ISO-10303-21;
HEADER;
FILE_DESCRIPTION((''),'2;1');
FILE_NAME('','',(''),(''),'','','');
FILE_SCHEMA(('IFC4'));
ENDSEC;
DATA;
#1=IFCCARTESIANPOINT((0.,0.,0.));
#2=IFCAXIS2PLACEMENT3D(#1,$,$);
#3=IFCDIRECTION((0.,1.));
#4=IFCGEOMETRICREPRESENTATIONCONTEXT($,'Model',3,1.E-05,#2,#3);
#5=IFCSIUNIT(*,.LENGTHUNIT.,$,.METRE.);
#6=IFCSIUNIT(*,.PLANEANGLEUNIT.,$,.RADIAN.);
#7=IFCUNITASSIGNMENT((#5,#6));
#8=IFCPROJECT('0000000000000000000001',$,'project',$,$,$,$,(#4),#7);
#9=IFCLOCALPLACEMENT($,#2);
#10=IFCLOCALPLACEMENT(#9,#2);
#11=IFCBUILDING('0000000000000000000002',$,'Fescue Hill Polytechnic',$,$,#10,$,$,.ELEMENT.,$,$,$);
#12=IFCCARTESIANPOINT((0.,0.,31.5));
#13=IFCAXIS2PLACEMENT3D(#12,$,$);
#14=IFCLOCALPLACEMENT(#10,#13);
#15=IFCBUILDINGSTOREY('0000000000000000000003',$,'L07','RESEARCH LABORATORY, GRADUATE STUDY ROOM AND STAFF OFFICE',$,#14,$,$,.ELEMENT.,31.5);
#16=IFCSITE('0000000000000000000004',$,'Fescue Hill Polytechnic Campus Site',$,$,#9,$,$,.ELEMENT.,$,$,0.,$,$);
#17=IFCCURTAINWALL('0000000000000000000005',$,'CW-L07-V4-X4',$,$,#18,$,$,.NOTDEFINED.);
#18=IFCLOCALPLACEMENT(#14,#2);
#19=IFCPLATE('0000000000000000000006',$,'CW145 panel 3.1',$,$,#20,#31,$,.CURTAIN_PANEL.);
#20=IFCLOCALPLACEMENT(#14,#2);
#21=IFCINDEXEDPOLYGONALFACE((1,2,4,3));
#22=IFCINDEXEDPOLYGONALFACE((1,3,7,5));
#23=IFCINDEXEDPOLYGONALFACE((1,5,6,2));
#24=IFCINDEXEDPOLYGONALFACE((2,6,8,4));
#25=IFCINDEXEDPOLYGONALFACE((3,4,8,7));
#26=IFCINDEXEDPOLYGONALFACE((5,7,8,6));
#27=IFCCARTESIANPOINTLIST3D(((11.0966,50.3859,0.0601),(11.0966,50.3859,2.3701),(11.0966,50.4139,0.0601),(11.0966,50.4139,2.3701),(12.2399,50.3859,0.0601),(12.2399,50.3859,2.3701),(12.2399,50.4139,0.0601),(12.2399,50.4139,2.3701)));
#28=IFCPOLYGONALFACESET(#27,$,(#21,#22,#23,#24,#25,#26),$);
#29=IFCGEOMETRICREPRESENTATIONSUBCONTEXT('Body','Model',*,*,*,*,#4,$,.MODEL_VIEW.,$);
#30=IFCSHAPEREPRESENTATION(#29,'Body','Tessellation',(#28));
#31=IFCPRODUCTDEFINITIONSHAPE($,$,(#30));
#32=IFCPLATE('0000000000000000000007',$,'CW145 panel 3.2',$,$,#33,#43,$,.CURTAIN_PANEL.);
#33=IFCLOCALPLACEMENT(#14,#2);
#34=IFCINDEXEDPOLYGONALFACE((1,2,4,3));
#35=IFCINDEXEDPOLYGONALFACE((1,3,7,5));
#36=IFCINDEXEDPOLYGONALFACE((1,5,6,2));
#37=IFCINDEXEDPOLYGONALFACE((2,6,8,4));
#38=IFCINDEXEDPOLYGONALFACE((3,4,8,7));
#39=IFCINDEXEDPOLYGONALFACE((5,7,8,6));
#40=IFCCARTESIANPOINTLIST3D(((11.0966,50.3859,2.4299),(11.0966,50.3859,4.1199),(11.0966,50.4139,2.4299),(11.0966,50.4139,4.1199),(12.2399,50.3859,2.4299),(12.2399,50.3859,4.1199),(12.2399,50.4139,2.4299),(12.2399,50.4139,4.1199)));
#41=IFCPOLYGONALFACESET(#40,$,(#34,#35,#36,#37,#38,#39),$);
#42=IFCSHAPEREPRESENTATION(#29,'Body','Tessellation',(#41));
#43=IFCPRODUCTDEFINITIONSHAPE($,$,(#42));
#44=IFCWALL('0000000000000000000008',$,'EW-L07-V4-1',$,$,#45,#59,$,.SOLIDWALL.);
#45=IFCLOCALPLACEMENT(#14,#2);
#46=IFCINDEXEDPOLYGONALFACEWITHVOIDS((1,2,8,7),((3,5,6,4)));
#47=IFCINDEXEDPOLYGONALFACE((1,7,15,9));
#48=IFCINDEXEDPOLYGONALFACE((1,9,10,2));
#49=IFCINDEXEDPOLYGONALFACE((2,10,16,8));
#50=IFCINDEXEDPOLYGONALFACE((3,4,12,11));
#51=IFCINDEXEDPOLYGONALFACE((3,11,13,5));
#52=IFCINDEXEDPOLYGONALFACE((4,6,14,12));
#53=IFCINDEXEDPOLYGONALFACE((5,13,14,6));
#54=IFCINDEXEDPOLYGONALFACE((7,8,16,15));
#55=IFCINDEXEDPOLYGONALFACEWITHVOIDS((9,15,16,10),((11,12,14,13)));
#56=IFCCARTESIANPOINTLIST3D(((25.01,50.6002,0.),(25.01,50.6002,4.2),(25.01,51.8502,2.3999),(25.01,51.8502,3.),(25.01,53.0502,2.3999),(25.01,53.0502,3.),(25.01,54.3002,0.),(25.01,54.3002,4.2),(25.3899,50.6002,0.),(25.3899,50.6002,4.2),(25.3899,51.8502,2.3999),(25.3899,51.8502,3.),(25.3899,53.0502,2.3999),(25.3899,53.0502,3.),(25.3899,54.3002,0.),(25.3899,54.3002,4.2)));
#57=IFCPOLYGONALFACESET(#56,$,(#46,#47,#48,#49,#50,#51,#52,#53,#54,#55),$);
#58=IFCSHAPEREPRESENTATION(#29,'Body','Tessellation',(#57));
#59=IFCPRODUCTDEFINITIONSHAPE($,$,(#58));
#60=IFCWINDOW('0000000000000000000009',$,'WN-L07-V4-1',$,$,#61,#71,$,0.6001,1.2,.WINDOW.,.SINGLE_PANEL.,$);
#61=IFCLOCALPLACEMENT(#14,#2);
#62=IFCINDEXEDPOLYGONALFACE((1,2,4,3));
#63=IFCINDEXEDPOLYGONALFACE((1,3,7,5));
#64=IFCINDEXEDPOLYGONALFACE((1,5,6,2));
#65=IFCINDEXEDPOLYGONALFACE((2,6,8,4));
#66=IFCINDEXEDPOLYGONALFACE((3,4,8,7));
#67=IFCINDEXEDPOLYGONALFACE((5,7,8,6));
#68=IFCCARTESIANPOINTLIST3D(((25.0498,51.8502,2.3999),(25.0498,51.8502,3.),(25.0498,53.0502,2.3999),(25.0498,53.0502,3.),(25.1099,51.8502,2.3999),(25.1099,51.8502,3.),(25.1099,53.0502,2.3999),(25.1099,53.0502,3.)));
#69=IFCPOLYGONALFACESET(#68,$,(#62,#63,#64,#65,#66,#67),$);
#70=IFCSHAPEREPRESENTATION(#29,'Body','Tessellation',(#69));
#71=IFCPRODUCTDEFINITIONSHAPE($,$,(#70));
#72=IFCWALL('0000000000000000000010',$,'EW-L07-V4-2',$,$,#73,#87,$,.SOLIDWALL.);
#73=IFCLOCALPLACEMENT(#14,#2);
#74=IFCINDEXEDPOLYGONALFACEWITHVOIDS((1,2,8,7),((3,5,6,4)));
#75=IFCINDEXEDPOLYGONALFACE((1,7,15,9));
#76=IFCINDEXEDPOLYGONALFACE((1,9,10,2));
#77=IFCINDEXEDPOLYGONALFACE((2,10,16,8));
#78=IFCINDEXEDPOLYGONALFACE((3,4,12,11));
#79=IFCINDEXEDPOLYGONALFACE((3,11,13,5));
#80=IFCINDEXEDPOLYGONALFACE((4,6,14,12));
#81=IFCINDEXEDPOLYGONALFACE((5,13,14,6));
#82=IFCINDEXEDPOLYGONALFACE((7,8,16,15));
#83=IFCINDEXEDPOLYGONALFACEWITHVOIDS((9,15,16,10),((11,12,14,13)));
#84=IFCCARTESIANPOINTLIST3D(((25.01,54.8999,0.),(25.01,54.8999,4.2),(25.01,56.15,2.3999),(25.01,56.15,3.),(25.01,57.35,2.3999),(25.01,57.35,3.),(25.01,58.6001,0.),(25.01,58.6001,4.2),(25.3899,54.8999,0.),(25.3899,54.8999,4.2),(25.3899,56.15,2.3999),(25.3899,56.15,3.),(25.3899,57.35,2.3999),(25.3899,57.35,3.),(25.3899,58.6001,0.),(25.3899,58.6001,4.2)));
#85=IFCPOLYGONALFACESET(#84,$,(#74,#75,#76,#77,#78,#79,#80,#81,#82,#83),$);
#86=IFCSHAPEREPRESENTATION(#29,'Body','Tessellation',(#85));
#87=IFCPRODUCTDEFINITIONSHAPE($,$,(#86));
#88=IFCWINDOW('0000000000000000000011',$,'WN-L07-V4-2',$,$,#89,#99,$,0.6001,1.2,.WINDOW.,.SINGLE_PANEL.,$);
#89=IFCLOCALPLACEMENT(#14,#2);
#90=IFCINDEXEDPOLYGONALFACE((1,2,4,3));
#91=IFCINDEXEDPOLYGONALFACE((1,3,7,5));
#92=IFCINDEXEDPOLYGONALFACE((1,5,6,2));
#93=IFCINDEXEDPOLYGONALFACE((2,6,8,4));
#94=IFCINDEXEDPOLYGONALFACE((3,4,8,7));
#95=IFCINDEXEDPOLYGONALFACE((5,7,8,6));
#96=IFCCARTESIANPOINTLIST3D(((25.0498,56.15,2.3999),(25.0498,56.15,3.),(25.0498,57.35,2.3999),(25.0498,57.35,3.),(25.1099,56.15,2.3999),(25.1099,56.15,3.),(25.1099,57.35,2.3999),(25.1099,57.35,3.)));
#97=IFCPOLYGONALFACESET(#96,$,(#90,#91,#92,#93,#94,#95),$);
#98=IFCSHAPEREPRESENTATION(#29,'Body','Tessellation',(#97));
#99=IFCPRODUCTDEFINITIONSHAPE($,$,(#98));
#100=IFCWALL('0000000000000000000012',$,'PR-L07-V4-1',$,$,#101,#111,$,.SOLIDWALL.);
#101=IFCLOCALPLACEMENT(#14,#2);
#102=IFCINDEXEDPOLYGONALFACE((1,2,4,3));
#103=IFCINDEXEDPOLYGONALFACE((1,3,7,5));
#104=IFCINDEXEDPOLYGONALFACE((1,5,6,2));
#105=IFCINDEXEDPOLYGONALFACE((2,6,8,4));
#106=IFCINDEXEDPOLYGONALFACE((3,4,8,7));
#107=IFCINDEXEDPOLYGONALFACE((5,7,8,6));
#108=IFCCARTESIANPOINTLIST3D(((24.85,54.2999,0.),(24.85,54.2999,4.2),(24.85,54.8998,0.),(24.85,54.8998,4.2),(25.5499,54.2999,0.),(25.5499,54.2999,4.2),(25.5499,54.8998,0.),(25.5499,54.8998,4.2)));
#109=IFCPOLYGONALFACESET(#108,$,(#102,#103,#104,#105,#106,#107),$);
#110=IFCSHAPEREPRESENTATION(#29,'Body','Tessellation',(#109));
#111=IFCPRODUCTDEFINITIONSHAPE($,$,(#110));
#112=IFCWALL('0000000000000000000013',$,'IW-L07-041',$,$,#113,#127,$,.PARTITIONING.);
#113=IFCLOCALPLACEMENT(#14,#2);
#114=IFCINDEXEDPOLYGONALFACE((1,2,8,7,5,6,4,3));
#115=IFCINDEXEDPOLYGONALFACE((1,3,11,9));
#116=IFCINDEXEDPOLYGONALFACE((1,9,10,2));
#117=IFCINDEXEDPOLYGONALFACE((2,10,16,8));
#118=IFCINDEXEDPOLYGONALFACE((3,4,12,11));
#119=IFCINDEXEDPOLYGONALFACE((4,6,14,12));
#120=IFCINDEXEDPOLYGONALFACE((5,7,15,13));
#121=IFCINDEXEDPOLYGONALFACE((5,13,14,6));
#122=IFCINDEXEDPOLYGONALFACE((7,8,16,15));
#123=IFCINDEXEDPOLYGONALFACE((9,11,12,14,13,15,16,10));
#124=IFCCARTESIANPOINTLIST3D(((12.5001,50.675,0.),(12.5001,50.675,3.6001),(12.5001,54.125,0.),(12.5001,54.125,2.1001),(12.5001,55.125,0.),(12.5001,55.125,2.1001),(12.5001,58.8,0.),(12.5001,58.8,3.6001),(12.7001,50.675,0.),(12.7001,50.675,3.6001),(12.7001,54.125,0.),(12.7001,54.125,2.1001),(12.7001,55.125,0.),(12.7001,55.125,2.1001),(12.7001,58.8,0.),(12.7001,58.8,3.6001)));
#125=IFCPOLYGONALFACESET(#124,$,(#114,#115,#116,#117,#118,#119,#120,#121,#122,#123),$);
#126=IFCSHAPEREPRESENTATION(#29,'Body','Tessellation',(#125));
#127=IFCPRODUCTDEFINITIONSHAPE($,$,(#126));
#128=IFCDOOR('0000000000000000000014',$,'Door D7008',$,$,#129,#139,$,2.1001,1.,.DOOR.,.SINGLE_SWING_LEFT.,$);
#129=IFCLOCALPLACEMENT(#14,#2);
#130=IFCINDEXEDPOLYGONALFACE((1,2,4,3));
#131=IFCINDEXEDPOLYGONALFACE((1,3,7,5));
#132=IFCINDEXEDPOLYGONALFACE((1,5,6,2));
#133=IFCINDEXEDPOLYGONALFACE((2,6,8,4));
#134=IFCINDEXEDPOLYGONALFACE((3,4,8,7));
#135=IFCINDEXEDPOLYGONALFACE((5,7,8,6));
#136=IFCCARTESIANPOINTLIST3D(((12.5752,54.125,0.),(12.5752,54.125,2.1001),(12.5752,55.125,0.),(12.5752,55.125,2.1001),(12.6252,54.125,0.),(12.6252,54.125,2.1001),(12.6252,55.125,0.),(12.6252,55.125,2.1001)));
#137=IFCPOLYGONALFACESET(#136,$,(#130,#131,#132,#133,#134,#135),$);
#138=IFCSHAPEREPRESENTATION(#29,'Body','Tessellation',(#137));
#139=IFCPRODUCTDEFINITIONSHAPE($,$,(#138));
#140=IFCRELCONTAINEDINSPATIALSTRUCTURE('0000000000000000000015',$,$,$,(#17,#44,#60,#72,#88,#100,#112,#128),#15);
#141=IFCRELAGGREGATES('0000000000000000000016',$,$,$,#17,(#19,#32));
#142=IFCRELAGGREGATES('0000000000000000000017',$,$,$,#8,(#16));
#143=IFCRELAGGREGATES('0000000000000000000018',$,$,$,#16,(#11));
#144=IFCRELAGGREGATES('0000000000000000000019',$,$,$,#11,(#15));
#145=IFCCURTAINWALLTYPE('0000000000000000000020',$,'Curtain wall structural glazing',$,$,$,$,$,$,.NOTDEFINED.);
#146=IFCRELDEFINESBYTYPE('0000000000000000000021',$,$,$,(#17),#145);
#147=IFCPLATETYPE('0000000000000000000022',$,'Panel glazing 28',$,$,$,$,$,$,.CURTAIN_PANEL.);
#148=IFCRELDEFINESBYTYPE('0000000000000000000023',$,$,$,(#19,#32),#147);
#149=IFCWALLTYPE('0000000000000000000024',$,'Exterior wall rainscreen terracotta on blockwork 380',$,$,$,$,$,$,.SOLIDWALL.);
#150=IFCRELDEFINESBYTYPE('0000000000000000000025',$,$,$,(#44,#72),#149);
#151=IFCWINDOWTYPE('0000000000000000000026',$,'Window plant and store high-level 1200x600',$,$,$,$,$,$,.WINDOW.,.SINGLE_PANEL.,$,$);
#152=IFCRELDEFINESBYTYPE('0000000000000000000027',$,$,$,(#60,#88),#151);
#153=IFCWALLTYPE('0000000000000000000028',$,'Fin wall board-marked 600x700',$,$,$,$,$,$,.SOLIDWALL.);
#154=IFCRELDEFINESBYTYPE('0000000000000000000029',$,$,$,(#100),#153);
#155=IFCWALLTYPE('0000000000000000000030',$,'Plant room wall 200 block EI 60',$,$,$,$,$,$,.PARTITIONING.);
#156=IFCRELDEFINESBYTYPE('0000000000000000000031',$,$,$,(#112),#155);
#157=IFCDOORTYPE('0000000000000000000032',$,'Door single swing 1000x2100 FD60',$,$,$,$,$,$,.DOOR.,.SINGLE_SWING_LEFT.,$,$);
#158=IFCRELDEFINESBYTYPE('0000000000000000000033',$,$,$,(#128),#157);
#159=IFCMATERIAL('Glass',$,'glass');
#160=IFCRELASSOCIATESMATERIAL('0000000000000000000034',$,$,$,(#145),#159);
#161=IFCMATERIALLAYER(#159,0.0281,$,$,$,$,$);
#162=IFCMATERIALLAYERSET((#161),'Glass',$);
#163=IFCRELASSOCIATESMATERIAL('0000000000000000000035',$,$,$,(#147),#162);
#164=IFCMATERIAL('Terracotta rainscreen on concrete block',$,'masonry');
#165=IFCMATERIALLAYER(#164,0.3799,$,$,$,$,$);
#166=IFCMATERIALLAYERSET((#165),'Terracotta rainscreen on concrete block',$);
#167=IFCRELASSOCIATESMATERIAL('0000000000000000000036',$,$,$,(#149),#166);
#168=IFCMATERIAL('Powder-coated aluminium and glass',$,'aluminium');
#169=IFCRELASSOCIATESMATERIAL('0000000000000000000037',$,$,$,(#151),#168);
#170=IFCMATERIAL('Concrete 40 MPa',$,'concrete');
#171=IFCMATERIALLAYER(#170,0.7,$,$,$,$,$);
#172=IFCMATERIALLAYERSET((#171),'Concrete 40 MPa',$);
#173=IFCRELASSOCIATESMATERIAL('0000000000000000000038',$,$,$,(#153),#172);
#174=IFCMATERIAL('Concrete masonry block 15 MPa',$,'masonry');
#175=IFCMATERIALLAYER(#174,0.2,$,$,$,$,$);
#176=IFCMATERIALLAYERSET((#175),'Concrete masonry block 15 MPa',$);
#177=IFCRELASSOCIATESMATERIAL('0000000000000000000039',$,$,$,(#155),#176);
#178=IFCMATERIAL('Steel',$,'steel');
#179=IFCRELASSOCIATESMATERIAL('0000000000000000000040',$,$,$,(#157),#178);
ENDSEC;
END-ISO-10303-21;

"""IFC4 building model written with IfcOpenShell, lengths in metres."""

from ifc_helpers import new_model, si_unit, direction, frame, frame_2d, origin, origin_2d, place, context, subcontext, project, spatial, rectangle, extrude, material, layer, layer_set, type_object, element, fill, aggregate, save


model = new_model("IFC4")

# Units and contexts
model_context = context("Model", 3, precision=1e-05, world=origin(), true_north=direction((0.0, 1.0)))
body_context = subcontext(model_context, "Body", "Model", "MODEL_VIEW")
ifc_project = project(units=[si_unit("LENGTHUNIT", "METRE"), si_unit("PLANEANGLEUNIT", "RADIAN")], contexts=[model_context])

# Site, building, storey
site_placement = place(None, origin())
site = spatial("IfcSite", under=ifc_project, at=site_placement, Name="Fescue Hill Polytechnic Campus Site", CompositionType="ELEMENT", RefElevation=0.0)
building_placement = place(site_placement, origin())
building = spatial("IfcBuilding", under=site, at=building_placement, Name="Fescue Hill Polytechnic", CompositionType="ELEMENT")
storey_placement = place(building_placement, frame((0.0, 0.0, 31.5)))
storey = spatial("IfcBuildingStorey", under=building, at=storey_placement, Name="L07", Description="RESEARCH LABORATORY, GRADUATE STUDY ROOM AND STAFF OFFICE", CompositionType="ELEMENT", Elevation=31.5)

# Shared definitions
ifc_material_1 = material(Name="Concrete 40 MPa", Category="concrete")

# Curtain wall, plates
ifc_material_2 = material(Name="Glass", Category="glass")
curtain_wall_type = type_object("IfcCurtainWallType", Name="Curtain wall structural glazing", PredefinedType="NOTDEFINED", material=ifc_material_2)
curtain_wall_placement = place(storey_placement, origin())
curtain_wall = element("IfcCurtainWall", 1, at=curtain_wall_placement, inside=storey, type_object=curtain_wall_type, Name="CW-L07-V4-X4", PredefinedType="NOTDEFINED")
ifc_layer_1 = layer(ifc_material_2, 0.0281)
ifc_layer_set_1 = layer_set([ifc_layer_1], Name="Glass")
plate_type = type_object("IfcPlateType", Name="Panel glazing 28", PredefinedType="CURTAIN_PANEL", material=ifc_layer_set_1)
plate_1_placement = place(storey_placement, frame((11.6682, 50.3999, 0.0601), z_axis=(0.0, 0.0, 1.0), x_axis=(1.0, 0.0, 0.0)))
plate_1 = element("IfcPlate", 2, at=plate_1_placement, type_object=plate_type, Name="CW145 panel 3.1", PredefinedType="CURTAIN_PANEL", context=body_context, shape_type="SweptSolid", body=[
    extrude(rectangle(XDim=1.1433, YDim=0.0281, at=origin_2d()), origin(), (0.0, 0.0, 1.0), 2.3101),
])
plate_2_placement = place(storey_placement, frame((11.6682, 50.3999, 2.4299), z_axis=(0.0, 0.0, 1.0), x_axis=(1.0, 0.0, 0.0)))
plate_2 = element("IfcPlate", 3, at=plate_2_placement, type_object=plate_type, Name="CW145 panel 3.2", PredefinedType="CURTAIN_PANEL", context=body_context, shape_type="SweptSolid", body=[
    extrude(rectangle(XDim=1.1433, YDim=0.0281, at=origin_2d()), origin(), (0.0, 0.0, 1.0), 1.6899),
])
aggregate(curtain_wall, [plate_1, plate_2])

# Walls, openings, windows
ifc_material_3 = material(Name="Terracotta rainscreen on concrete block", Category="masonry")
ifc_layer_2 = layer(ifc_material_3, 0.3799)
ifc_layer_set_2 = layer_set([ifc_layer_2], Name="Terracotta rainscreen on concrete block")
wall_type_1 = type_object("IfcWallType", Name="Exterior wall rainscreen terracotta on blockwork 380", PredefinedType="SOLIDWALL", material=ifc_layer_set_2)
wall_1_placement = place(storey_placement, frame((25.2, 50.6001, 0.0), z_axis=(0.0, 0.0, 1.0), x_axis=(0.0, 1.0, 0.0)))
wall_1 = element("IfcWall", 4, at=wall_1_placement, inside=storey, type_object=wall_type_1, Name="EW-L07-V4-1", PredefinedType="SOLIDWALL", context=body_context, shape_type="SweptSolid", body=[
    extrude(rectangle(XDim=3.7, YDim=0.3799, at=frame_2d((1.8501, 0.0))), origin(), (0.0, 0.0, 1.0), 4.2),
])
opening_1_placement = place(wall_1_placement, frame((1.25, 0.0, 2.3999)))
opening_1 = element("IfcOpeningElement", 5, at=opening_1_placement, cuts=wall_1, PredefinedType="OPENING", context=body_context, shape_type="SweptSolid", body=[
    extrude(rectangle(XDim=1.2, YDim=0.6001, at=frame_2d((0.6001, 0.3))), frame((0.0, 0.2, 0.0), z_axis=(0.0, -1.0, 0.0), x_axis=(1.0, 0.0, 0.0)), (0.0, 0.0, 1.0), 0.3999),
])
ifc_material_4 = material(Name="Powder-coated aluminium and glass", Category="aluminium")
window_type = type_object("IfcWindowType", Name="Window plant and store high-level 1200x600", PartitioningType="SINGLE_PANEL", PredefinedType="WINDOW", material=ifc_material_4)
window_1_placement = place(opening_1_placement, origin())
window_1 = element("IfcWindow", 6, at=window_1_placement, inside=storey, type_object=window_type, Name="WN-L07-V4-1", OverallHeight=0.6001, OverallWidth=1.2, PartitioningType="SINGLE_PANEL", PredefinedType="WINDOW", context=body_context, shape_type="SweptSolid", body=[
    extrude(rectangle(XDim=1.2, YDim=0.6001, at=frame_2d((0.6001, 0.3))), frame((0.0, 0.1501, 0.0), z_axis=(0.0, -1.0, 0.0), x_axis=(1.0, 0.0, 0.0)), (0.0, 0.0, 1.0), 0.0601),
])
fill(opening_1, window_1)
wall_2_placement = place(storey_placement, frame((25.2, 54.8999, 0.0), z_axis=(0.0, 0.0, 1.0), x_axis=(0.0, 1.0, 0.0)))
wall_2 = element("IfcWall", 7, at=wall_2_placement, inside=storey, type_object=wall_type_1, Name="EW-L07-V4-2", PredefinedType="SOLIDWALL", context=body_context, shape_type="SweptSolid", body=[
    extrude(rectangle(XDim=3.7002, YDim=0.3799, at=frame_2d((1.8501, 0.0))), origin(), (0.0, 0.0, 1.0), 4.2),
])
opening_2_placement = place(wall_2_placement, frame((1.25, 0.0, 2.3999)))
opening_2 = element("IfcOpeningElement", 8, at=opening_2_placement, cuts=wall_2, PredefinedType="OPENING", context=body_context, shape_type="SweptSolid", body=[
    extrude(rectangle(XDim=1.2, YDim=0.6001, at=frame_2d((0.6001, 0.3))), frame((0.0, 0.2, 0.0), z_axis=(0.0, -1.0, 0.0), x_axis=(1.0, 0.0, 0.0)), (0.0, 0.0, 1.0), 0.3999),
])
window_2_placement = place(opening_2_placement, origin())
window_2 = element("IfcWindow", 9, at=window_2_placement, inside=storey, type_object=window_type, Name="WN-L07-V4-2", OverallHeight=0.6001, OverallWidth=1.2, PartitioningType="SINGLE_PANEL", PredefinedType="WINDOW", context=body_context, shape_type="SweptSolid", body=[
    extrude(rectangle(XDim=1.2, YDim=0.6001, at=frame_2d((0.6001, 0.3))), frame((0.0, 0.1501, 0.0), z_axis=(0.0, -1.0, 0.0), x_axis=(1.0, 0.0, 0.0)), (0.0, 0.0, 1.0), 0.0601),
])
fill(opening_2, window_2)

# Wall
ifc_layer_3 = layer(ifc_material_1, 0.7)
ifc_layer_set_3 = layer_set([ifc_layer_3], Name="Concrete 40 MPa")
wall_type_2 = type_object("IfcWallType", Name="Fin wall board-marked 600x700", PredefinedType="SOLIDWALL", material=ifc_layer_set_3)
wall_3_placement = place(storey_placement, frame((25.2, 54.3, 0.0), z_axis=(0.0, 0.0, 1.0), x_axis=(0.0, 1.0, 0.0)))
element("IfcWall", 10, at=wall_3_placement, inside=storey, type_object=wall_type_2, Name="PR-L07-V4-1", PredefinedType="SOLIDWALL", context=body_context, shape_type="SweptSolid", body=[
    extrude(rectangle(XDim=0.5999, YDim=0.7, at=frame_2d((0.2998, 0.0))), origin(), (0.0, 0.0, 1.0), 4.2),
])

# Wall, opening, door
ifc_material_5 = material(Name="Concrete masonry block 15 MPa", Category="masonry")
ifc_layer_4 = layer(ifc_material_5, 0.2)
ifc_layer_set_4 = layer_set([ifc_layer_4], Name="Concrete masonry block 15 MPa")
wall_type_3 = type_object("IfcWallType", Name="Plant room wall 200 block EI 60", PredefinedType="PARTITIONING", material=ifc_layer_set_4)
wall_4_placement = place(storey_placement, frame((12.6001, 50.675, 0.0), z_axis=(0.0, 0.0, 1.0), x_axis=(0.0, 1.0, 0.0)))
wall_4 = element("IfcWall", 11, at=wall_4_placement, inside=storey, type_object=wall_type_3, Name="IW-L07-041", PredefinedType="PARTITIONING", context=body_context, shape_type="SweptSolid", body=[
    extrude(rectangle(XDim=8.125, YDim=0.2, at=frame_2d((4.0625, 0.0))), origin(), (0.0, 0.0, 1.0), 3.6001),
])
opening_3_placement = place(wall_4_placement, frame((3.45, 0.0, 0.0)))
opening_3 = element("IfcOpeningElement", 12, at=opening_3_placement, cuts=wall_4, PredefinedType="OPENING", context=body_context, shape_type="SweptSolid", body=[
    extrude(rectangle(XDim=1.0, YDim=2.1001, at=frame_2d((0.5, 1.05))), frame((0.0, 0.1099, 0.0), z_axis=(0.0, -1.0, 0.0), x_axis=(1.0, 0.0, 0.0)), (0.0, 0.0, 1.0), 0.22),
])
ifc_material_6 = material(Name="Steel", Category="steel")
door_type = type_object("IfcDoorType", Name="Door single swing 1000x2100 FD60", OperationType="SINGLE_SWING_LEFT", PredefinedType="DOOR", material=ifc_material_6)
door_placement = place(opening_3_placement, origin())
door = element("IfcDoor", 13, at=door_placement, inside=storey, type_object=door_type, Name="Door D7008", OperationType="SINGLE_SWING_LEFT", OverallHeight=2.1001, OverallWidth=1.0, PredefinedType="DOOR", context=body_context, shape_type="SweptSolid", body=[
    extrude(rectangle(XDim=1.0, YDim=2.1001, at=frame_2d((0.5, 1.05))), frame((0.0, 0.0249, 0.0), z_axis=(0.0, -1.0, 0.0), x_axis=(1.0, 0.0, 0.0)), (0.0, 0.0, 1.0), 0.05),
])
fill(opening_3, door)

save(model, "model.ifc")
